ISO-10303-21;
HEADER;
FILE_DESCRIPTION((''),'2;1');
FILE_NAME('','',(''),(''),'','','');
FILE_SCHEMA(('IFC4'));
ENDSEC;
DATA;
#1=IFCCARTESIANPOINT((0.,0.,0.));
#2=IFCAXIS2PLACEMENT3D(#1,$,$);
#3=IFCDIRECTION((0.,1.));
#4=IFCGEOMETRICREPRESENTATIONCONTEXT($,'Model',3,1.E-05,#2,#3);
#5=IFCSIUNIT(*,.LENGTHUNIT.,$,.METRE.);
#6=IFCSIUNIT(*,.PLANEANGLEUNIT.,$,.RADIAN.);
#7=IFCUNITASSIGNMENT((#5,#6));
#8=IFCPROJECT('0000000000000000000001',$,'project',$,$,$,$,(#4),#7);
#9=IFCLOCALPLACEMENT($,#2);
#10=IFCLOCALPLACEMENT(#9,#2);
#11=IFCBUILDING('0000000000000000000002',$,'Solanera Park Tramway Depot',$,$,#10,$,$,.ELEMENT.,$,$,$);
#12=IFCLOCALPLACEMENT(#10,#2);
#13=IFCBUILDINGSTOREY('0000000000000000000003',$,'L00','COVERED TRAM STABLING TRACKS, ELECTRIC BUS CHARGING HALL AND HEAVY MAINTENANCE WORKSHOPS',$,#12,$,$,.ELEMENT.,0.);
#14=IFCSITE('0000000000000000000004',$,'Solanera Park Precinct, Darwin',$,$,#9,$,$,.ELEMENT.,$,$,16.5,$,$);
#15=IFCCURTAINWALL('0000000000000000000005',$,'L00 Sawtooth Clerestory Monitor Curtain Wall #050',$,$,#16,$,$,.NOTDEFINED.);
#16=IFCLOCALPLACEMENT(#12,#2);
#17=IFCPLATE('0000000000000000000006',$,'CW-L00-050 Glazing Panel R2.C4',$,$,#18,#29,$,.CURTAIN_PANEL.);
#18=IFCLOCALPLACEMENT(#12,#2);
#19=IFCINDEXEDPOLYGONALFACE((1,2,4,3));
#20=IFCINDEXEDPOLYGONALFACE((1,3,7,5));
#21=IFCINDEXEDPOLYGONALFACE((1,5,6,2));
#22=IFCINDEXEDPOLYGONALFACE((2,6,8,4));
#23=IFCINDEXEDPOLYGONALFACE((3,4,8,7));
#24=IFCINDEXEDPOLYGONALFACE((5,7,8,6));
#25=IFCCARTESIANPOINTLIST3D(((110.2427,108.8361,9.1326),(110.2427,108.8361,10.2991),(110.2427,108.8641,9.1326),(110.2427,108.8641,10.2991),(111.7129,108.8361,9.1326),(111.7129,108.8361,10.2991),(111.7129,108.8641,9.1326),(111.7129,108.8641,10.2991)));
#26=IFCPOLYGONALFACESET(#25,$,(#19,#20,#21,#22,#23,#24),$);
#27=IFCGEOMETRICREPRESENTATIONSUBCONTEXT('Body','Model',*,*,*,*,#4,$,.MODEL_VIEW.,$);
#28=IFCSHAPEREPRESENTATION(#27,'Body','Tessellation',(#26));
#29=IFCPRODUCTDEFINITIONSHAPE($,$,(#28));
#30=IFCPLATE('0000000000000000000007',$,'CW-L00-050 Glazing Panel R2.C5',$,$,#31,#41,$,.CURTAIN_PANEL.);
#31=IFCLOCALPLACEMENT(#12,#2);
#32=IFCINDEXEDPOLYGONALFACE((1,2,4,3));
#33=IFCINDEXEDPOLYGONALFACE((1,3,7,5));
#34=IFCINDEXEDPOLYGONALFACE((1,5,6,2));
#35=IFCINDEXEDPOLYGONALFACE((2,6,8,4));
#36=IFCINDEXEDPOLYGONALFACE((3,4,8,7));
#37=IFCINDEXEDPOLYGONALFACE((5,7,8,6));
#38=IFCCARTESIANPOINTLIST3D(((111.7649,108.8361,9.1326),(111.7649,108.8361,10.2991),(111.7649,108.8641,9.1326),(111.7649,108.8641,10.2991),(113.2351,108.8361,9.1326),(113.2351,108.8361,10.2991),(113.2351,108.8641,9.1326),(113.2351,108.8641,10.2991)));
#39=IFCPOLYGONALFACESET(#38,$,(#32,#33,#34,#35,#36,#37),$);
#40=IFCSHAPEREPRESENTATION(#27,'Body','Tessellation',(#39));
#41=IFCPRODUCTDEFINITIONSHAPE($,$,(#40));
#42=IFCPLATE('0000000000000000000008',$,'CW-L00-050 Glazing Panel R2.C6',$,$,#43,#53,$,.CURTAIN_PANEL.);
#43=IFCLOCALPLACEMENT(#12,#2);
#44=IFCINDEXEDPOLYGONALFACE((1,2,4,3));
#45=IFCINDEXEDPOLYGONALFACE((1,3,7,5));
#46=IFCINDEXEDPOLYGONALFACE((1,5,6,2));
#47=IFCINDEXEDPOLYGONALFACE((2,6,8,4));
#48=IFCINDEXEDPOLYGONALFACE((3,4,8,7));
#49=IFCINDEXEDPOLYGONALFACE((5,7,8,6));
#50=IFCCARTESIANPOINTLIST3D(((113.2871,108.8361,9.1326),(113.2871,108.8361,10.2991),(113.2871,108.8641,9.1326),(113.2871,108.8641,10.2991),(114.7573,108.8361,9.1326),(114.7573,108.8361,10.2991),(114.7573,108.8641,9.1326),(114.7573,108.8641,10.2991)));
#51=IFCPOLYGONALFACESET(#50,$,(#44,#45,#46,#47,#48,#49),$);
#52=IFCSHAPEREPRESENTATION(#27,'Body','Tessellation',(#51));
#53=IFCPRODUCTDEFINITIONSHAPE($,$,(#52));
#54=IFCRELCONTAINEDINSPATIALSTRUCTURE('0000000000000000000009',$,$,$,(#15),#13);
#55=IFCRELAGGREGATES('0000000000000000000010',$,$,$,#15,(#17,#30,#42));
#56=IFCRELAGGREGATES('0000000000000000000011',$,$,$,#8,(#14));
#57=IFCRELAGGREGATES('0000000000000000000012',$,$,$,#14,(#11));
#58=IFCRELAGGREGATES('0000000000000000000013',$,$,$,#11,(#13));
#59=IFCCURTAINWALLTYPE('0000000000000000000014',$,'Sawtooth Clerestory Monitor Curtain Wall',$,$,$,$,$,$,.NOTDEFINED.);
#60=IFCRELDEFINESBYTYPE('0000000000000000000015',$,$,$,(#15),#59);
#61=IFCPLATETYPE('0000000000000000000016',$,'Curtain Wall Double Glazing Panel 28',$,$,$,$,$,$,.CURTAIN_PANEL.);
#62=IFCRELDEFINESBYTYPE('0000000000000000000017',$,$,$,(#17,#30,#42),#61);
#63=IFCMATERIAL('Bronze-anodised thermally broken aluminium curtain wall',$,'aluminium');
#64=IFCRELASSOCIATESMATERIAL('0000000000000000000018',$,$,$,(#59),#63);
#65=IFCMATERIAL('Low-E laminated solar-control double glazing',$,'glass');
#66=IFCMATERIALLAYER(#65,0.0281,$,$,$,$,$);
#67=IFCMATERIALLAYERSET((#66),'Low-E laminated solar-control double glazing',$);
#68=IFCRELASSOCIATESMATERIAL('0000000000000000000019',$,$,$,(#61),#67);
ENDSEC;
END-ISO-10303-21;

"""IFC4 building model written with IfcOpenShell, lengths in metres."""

from ifc_helpers import new_model, si_unit, direction, frame, origin, origin_2d, place, context, subcontext, project, spatial, rectangle, extrude, material, layer, layer_set, type_object, element, aggregate, save


model = new_model("IFC4")

# Units and contexts
model_context = context("Model", 3, precision=1e-05, world=origin(), true_north=direction((0.0, 1.0)))
body_context = subcontext(model_context, "Body", "Model", "MODEL_VIEW")
ifc_project = project(units=[si_unit("LENGTHUNIT", "METRE"), si_unit("PLANEANGLEUNIT", "RADIAN")], contexts=[model_context])

# Site, building, storey
site_placement = place(None, origin())
site = spatial("IfcSite", under=ifc_project, at=site_placement, Name="Solanera Park Precinct, Darwin", CompositionType="ELEMENT", RefElevation=16.5)
building_placement = place(site_placement, origin())
building = spatial("IfcBuilding", under=site, at=building_placement, Name="Solanera Park Tramway Depot", CompositionType="ELEMENT")
storey_placement = place(building_placement, origin())
storey = spatial("IfcBuildingStorey", under=building, at=storey_placement, Name="L00", Description="COVERED TRAM STABLING TRACKS, ELECTRIC BUS CHARGING HALL AND HEAVY MAINTENANCE WORKSHOPS", CompositionType="ELEMENT", Elevation=0.0)

# Curtain wall
ifc_material_1 = material(Name="Bronze-anodised thermally broken aluminium curtain wall", Category="aluminium")
curtain_wall_type = type_object("IfcCurtainWallType", Name="Sawtooth Clerestory Monitor Curtain Wall", PredefinedType="NOTDEFINED", material=ifc_material_1)
curtain_wall_1_placement = place(storey_placement, origin())
curtain_wall_1 = element("IfcCurtainWall", 1, at=curtain_wall_1_placement, inside=storey, type_object=curtain_wall_type, Name="L00 Sawtooth Clerestory Monitor Curtain Wall #050", PredefinedType="NOTDEFINED")

# Plates
ifc_material_2 = material(Name="Low-E laminated solar-control double glazing", Category="glass")
ifc_layer = layer(ifc_material_2, 0.0281)
ifc_layer_set = layer_set([ifc_layer], Name="Low-E laminated solar-control double glazing")
plate_type = type_object("IfcPlateType", Name="Curtain Wall Double Glazing Panel 28", PredefinedType="CURTAIN_PANEL", material=ifc_layer_set)
plate_1_placement = place(storey_placement, frame((110.9778, 108.8501, 9.1326), z_axis=(0.0, 0.0, 1.0), x_axis=(1.0, 0.0, 0.0)))
plate_1 = element("IfcPlate", 2, at=plate_1_placement, type_object=plate_type, Name="CW-L00-050 Glazing Panel R2.C4", PredefinedType="CURTAIN_PANEL", context=body_context, shape_type="SweptSolid", body=[
    extrude(rectangle(XDim=1.4702, YDim=0.0281, at=origin_2d()), origin(), (0.0, 0.0, 1.0), 1.1665),
])
plate_2_placement = place(storey_placement, frame((112.5, 108.8501, 9.1326), z_axis=(0.0, 0.0, 1.0), x_axis=(1.0, 0.0, 0.0)))
plate_2 = element("IfcPlate", 3, at=plate_2_placement, type_object=plate_type, Name="CW-L00-050 Glazing Panel R2.C5", PredefinedType="CURTAIN_PANEL", context=body_context, shape_type="SweptSolid", body=[
    extrude(rectangle(XDim=1.4702, YDim=0.0281, at=origin_2d()), origin(), (0.0, 0.0, 1.0), 1.1665),
])
plate_3_placement = place(storey_placement, frame((114.0222, 108.8501, 9.1326), z_axis=(0.0, 0.0, 1.0), x_axis=(1.0, 0.0, 0.0)))
plate_3 = element("IfcPlate", 4, at=plate_3_placement, type_object=plate_type, Name="CW-L00-050 Glazing Panel R2.C6", PredefinedType="CURTAIN_PANEL", context=body_context, shape_type="SweptSolid", body=[
    extrude(rectangle(XDim=1.4702, YDim=0.0281, at=origin_2d()), origin(), (0.0, 0.0, 1.0), 1.1665),
])
aggregate(curtain_wall_1, [plate_1, plate_2, plate_3])

save(model, "model.ifc")
